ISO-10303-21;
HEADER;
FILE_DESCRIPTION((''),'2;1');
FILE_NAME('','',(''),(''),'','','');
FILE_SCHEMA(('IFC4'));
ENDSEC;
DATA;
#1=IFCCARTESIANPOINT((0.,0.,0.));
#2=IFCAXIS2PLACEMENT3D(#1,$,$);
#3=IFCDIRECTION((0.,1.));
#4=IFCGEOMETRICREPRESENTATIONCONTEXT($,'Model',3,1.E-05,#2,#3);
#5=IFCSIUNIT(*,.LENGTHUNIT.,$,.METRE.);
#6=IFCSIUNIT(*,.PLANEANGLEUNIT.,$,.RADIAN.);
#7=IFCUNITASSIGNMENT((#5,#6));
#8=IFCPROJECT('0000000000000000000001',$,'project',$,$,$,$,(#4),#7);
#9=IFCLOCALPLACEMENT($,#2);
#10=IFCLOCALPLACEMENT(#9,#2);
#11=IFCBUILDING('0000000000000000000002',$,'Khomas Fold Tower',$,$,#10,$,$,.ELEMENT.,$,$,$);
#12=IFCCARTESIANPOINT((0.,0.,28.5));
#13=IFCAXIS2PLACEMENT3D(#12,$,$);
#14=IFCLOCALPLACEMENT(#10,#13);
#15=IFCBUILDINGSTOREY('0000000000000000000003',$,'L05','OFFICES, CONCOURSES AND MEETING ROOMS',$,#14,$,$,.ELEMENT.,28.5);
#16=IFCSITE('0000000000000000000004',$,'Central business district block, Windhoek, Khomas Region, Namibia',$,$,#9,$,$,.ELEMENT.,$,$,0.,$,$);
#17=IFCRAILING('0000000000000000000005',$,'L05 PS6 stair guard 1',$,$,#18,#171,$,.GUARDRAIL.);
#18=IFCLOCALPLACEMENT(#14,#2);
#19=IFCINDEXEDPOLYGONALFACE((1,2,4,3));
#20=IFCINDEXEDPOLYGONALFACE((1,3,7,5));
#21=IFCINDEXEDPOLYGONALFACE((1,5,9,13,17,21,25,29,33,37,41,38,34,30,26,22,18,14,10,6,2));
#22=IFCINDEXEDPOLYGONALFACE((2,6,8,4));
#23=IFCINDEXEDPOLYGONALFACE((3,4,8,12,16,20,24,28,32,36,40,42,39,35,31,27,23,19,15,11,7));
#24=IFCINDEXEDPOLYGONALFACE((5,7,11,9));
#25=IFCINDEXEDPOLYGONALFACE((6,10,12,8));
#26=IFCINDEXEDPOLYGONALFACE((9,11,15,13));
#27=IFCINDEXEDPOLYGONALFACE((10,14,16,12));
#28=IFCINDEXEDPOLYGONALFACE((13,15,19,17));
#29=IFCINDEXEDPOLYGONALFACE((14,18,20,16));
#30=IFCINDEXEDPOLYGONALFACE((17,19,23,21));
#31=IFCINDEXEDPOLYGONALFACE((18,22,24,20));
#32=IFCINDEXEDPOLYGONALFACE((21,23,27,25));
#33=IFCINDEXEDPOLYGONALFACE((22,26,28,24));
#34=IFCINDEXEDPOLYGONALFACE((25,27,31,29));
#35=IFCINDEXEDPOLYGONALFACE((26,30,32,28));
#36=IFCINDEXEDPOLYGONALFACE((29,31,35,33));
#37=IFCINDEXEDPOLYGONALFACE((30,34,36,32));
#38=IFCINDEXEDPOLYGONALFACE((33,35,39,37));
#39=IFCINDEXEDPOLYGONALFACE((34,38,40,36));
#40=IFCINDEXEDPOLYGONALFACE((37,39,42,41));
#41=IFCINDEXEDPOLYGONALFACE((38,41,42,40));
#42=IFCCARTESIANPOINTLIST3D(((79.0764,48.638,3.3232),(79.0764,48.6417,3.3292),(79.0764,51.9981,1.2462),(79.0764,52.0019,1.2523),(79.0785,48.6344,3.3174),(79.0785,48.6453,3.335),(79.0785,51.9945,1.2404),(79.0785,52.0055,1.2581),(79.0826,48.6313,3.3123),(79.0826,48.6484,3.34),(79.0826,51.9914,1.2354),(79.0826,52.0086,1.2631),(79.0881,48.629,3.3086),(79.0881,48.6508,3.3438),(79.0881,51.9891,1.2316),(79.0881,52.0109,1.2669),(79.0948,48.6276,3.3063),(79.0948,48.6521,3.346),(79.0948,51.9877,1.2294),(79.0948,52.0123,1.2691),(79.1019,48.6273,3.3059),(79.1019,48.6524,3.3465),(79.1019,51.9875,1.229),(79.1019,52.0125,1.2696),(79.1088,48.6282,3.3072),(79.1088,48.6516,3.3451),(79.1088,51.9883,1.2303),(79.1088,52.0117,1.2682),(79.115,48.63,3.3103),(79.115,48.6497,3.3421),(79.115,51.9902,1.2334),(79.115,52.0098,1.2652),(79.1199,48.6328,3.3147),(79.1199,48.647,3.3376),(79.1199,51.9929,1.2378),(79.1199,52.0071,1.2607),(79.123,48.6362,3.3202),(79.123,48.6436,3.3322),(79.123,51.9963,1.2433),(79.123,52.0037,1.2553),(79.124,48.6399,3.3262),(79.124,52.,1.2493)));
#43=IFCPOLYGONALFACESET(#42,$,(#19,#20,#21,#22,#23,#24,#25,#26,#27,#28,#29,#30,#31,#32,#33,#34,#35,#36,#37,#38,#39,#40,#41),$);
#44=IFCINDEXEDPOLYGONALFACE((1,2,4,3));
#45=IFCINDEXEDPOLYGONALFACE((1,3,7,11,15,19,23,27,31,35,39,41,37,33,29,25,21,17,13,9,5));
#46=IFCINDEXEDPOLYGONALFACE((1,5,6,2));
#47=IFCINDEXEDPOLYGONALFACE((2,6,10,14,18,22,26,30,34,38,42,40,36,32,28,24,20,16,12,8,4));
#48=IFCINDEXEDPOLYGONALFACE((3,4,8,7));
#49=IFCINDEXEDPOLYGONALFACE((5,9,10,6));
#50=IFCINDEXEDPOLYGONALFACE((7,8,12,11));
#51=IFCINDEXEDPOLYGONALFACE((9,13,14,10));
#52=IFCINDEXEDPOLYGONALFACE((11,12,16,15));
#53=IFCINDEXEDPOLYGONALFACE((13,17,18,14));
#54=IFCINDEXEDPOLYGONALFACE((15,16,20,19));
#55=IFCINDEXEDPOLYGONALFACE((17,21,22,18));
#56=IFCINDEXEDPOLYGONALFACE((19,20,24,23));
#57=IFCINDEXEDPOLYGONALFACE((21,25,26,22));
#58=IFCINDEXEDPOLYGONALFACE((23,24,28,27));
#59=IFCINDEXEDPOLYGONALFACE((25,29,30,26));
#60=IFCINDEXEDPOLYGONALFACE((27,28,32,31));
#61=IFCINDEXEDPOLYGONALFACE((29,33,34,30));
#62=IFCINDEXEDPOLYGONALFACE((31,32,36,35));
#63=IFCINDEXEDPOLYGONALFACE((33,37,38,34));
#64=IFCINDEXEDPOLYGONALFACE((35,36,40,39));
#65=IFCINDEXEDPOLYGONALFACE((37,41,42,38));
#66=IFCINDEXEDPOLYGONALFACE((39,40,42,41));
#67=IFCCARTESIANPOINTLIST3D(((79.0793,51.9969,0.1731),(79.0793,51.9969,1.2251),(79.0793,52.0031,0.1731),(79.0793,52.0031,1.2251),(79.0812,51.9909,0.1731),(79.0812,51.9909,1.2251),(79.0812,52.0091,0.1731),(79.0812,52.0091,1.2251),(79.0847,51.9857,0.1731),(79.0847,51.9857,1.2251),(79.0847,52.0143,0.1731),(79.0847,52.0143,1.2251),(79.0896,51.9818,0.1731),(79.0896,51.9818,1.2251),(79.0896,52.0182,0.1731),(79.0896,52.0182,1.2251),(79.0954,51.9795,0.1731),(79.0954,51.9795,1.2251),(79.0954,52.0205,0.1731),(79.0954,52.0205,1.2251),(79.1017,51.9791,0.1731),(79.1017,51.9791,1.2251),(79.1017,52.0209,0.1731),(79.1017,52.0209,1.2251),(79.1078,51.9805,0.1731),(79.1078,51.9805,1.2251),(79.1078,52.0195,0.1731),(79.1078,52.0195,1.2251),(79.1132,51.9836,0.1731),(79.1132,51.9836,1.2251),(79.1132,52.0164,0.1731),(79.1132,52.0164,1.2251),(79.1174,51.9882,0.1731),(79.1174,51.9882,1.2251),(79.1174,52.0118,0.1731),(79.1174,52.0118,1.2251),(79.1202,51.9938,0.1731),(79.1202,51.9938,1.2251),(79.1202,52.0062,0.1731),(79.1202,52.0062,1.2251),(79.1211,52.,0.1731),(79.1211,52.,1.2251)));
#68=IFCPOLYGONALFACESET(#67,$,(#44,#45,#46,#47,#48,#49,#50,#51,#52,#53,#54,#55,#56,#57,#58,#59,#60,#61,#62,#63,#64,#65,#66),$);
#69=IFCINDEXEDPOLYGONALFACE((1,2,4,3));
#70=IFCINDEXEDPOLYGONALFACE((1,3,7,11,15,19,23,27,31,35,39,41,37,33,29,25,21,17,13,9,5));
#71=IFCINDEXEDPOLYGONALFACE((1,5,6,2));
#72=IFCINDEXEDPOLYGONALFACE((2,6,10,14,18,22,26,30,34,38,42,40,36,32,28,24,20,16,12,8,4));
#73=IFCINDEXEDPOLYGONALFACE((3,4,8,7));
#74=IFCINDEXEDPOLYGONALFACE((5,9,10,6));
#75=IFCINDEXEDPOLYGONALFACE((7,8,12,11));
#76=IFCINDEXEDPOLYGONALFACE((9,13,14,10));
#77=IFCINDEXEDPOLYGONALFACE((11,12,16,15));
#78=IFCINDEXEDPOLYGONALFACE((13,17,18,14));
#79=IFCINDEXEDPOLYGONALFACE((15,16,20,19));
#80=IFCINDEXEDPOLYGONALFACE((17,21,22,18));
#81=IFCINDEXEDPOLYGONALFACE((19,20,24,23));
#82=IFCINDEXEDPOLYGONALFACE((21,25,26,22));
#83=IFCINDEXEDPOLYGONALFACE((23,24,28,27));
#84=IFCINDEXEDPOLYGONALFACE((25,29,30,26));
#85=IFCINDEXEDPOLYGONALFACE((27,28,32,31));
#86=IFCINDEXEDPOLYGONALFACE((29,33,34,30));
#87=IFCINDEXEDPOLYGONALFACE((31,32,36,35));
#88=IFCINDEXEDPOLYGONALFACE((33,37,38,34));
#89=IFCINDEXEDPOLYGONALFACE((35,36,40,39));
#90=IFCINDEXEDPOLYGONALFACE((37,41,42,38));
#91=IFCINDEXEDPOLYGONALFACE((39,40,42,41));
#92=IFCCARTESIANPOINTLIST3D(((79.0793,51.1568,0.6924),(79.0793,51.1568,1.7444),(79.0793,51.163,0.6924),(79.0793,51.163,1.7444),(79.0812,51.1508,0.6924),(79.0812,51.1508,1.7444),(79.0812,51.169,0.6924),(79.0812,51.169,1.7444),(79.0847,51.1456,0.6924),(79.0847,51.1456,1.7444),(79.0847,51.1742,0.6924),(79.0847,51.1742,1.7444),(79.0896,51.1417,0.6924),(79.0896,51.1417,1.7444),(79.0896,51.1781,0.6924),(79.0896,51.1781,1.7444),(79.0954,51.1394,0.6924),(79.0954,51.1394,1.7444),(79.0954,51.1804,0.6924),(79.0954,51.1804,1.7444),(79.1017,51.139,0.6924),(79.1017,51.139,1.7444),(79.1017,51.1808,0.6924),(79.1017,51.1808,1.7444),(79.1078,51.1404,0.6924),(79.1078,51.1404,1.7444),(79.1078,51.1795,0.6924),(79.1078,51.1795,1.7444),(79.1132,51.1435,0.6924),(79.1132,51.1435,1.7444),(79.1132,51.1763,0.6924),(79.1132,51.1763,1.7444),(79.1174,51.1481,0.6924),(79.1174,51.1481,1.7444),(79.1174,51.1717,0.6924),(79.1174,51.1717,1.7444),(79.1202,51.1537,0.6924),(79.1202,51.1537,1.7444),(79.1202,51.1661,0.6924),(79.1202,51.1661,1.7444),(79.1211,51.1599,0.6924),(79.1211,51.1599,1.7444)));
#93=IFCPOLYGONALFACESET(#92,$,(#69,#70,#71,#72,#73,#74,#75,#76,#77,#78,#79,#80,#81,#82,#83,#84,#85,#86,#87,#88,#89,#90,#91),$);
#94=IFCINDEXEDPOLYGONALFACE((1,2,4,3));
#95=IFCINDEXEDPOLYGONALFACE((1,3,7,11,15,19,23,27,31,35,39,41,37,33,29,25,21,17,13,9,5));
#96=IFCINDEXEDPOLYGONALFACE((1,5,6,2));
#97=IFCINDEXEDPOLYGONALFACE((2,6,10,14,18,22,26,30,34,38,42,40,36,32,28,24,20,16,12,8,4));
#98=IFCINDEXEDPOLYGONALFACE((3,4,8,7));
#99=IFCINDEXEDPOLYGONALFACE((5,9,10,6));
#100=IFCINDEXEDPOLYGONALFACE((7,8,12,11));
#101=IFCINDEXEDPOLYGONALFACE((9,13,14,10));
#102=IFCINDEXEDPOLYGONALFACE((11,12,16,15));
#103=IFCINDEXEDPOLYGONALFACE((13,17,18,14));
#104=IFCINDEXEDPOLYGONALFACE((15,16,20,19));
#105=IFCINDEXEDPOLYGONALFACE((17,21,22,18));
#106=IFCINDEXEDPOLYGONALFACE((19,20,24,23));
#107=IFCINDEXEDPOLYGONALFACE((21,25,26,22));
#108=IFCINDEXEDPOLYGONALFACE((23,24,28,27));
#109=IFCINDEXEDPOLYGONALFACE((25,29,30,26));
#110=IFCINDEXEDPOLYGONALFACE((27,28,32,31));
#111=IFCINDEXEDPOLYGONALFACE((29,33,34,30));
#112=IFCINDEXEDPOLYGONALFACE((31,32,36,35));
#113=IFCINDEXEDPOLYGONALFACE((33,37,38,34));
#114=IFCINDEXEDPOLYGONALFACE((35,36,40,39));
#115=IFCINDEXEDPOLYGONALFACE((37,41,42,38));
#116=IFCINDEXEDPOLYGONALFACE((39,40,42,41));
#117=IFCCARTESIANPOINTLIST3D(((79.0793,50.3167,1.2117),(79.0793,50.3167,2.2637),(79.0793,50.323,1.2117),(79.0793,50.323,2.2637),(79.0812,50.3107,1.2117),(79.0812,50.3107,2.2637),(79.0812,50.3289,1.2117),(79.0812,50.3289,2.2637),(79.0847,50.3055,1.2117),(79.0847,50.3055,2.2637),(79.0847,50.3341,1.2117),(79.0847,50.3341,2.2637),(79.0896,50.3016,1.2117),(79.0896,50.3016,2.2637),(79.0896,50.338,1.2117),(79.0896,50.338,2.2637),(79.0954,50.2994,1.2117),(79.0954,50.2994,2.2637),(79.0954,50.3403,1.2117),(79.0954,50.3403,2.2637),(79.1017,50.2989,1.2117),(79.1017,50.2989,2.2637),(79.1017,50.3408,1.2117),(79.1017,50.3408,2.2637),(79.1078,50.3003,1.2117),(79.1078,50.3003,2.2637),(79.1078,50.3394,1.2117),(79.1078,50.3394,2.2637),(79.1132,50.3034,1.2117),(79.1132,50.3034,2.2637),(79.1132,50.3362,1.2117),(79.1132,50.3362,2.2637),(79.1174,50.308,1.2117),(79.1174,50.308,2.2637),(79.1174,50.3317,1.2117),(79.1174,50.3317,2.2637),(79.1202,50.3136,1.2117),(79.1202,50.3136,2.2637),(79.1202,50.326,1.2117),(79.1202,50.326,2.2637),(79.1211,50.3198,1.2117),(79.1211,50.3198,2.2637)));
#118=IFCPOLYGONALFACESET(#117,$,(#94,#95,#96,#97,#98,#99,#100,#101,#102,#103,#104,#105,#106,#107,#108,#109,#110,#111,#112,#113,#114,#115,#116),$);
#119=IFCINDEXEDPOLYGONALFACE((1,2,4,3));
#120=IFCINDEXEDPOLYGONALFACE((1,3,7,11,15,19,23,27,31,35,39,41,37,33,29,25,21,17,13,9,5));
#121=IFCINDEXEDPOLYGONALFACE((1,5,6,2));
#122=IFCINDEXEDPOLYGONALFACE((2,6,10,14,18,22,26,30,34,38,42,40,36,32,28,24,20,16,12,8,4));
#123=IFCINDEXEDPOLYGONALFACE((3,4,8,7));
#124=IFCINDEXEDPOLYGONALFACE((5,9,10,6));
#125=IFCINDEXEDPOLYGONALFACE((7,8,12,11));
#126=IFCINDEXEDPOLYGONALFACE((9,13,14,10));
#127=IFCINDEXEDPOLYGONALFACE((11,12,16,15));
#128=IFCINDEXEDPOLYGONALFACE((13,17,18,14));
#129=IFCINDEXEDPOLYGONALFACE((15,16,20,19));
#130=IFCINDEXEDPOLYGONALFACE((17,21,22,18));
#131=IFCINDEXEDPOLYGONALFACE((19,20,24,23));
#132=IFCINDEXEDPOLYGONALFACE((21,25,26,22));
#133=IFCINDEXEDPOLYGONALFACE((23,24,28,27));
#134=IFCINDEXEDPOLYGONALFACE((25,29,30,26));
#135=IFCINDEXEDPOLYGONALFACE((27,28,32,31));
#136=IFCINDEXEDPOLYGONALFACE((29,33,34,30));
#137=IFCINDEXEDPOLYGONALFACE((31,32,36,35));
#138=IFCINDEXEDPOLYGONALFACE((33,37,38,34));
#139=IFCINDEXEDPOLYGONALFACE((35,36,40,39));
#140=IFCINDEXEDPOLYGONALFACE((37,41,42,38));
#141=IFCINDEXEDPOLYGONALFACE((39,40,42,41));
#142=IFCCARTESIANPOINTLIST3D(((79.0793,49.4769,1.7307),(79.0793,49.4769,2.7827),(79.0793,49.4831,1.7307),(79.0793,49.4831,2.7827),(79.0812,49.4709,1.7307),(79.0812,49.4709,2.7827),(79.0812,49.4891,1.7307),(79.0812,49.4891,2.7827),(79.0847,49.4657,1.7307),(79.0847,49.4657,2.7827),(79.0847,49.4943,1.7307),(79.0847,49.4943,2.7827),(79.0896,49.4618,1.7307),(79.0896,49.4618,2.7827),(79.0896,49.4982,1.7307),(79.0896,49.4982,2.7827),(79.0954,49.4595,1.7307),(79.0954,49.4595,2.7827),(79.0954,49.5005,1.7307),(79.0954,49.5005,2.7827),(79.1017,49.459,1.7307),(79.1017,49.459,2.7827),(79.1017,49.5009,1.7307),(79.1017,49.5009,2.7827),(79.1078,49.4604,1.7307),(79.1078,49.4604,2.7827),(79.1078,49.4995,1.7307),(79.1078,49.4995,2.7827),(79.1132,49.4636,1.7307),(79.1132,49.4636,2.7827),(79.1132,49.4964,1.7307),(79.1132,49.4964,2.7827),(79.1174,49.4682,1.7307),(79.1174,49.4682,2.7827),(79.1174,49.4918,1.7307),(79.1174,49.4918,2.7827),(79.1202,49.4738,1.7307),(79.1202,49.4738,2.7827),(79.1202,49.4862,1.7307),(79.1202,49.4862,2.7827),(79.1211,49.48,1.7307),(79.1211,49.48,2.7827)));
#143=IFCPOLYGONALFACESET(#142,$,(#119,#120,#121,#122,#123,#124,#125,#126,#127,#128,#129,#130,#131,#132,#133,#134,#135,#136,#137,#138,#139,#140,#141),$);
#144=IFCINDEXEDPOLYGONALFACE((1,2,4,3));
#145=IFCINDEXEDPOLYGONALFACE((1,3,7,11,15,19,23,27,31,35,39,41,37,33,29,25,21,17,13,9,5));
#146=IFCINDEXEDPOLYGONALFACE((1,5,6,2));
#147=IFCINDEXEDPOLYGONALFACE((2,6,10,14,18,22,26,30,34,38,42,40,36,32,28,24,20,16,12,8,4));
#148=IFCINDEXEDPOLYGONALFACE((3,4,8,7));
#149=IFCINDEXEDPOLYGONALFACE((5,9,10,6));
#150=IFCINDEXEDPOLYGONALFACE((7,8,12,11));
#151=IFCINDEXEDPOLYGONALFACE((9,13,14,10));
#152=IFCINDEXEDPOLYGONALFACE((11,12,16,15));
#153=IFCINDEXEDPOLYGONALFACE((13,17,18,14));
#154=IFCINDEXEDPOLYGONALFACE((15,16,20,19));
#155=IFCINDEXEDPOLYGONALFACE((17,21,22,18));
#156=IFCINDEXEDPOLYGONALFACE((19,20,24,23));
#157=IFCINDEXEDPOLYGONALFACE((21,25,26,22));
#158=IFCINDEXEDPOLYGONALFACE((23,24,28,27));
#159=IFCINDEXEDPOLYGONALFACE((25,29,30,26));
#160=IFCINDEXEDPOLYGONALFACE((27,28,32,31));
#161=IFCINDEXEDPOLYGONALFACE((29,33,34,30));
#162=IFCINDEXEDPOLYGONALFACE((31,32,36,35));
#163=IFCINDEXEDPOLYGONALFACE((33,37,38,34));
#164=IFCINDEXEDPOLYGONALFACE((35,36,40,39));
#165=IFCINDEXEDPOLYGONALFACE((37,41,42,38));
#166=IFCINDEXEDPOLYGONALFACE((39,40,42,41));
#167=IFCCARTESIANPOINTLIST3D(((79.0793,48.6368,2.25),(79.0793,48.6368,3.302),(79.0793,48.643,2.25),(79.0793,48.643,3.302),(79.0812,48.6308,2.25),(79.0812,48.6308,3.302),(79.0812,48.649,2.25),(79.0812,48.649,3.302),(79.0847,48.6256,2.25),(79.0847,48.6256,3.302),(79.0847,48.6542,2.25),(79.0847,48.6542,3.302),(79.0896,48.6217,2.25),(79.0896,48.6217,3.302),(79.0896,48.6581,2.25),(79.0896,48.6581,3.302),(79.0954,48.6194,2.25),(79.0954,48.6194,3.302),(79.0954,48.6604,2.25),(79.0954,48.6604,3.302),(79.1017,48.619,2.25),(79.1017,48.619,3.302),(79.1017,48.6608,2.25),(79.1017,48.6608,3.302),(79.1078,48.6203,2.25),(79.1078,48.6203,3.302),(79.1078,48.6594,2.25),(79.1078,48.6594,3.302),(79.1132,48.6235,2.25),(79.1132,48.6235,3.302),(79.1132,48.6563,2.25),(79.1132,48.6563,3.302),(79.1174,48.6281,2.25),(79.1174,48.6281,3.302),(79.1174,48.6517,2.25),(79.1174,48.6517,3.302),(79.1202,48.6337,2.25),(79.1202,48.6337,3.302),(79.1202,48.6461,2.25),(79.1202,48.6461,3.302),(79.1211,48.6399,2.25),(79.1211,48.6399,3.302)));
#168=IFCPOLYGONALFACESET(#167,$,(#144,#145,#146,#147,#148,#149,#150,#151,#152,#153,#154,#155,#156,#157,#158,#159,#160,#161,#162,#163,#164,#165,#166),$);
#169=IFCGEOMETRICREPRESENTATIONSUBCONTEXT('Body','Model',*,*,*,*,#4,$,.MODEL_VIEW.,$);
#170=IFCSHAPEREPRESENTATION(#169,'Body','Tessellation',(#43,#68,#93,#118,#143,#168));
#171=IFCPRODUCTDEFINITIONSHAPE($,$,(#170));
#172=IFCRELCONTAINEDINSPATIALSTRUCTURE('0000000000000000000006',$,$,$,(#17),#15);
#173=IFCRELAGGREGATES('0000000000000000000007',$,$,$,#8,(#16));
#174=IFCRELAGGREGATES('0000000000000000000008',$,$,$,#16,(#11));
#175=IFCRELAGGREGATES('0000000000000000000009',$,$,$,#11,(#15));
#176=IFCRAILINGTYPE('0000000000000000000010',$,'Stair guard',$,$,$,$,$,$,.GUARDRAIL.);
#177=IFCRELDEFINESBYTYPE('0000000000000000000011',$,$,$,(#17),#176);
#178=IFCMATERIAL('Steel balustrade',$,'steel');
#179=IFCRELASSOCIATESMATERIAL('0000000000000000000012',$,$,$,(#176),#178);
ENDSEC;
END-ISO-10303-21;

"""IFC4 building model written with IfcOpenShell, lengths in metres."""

from ifc_helpers import new_model, si_unit, direction, frame, origin, origin_2d, place, context, subcontext, project, spatial, circle, extrude, source, transform, mapped, material, type_object, element, save


model = new_model("IFC4")

# Units and contexts
model_context = context("Model", 3, precision=1e-05, world=origin(), true_north=direction((0.0, 1.0)))
body_context = subcontext(model_context, "Body", "Model", "MODEL_VIEW")
ifc_project = project(units=[si_unit("LENGTHUNIT", "METRE"), si_unit("PLANEANGLEUNIT", "RADIAN")], contexts=[model_context])

# Site, building, storey
site_placement = place(None, origin())
site = spatial("IfcSite", under=ifc_project, at=site_placement, Name="Central business district block, Windhoek, Khomas Region, Namibia", CompositionType="ELEMENT", RefElevation=0.0)
building_placement = place(site_placement, origin())
building = spatial("IfcBuilding", under=site, at=building_placement, Name="Khomas Fold Tower", CompositionType="ELEMENT")
storey_placement = place(building_placement, frame((0.0, 0.0, 28.5)))
storey = spatial("IfcBuildingStorey", under=building, at=storey_placement, Name="L05", Description="OFFICES, CONCOURSES AND MEETING ROOMS", CompositionType="ELEMENT", Elevation=28.5)

# Railing
ifc_material_1 = material(Name="Steel balustrade", Category="steel")
railing_type_1 = type_object("IfcRailingType", Name="Stair guard", PredefinedType="GUARDRAIL", material=ifc_material_1)
shared_shape_1 = source(origin(), body_context, "Body", "SweptSolid", [
    extrude(circle(Radius=0.0239, at=origin_2d()), frame((0.0, 0.0, 1.0762), z_axis=(0.0, -0.850623, 0.525776), x_axis=(1.0, 0.0, 0.0)), (0.0, 0.0, 1.0), 3.9502),
    extrude(circle(Radius=0.021, at=origin_2d()), origin(), (0.0, 0.0, 1.0), 1.052),
    extrude(circle(Radius=0.021, at=origin_2d()), frame((0.0, -0.8401, 0.5193)), (0.0, 0.0, 1.0), 1.052),
    extrude(circle(Radius=0.021, at=origin_2d()), frame((0.0, -1.6802, 1.0386)), (0.0, 0.0, 1.0), 1.052),
    extrude(circle(Radius=0.021, at=origin_2d()), frame((0.0, -2.52, 1.5576)), (0.0, 0.0, 1.0), 1.052),
    extrude(circle(Radius=0.021, at=origin_2d()), frame((0.0, -3.3601, 2.0769)), (0.0, 0.0, 1.0), 1.052),
])
railing_1_placement = place(storey_placement, frame((79.1001, 52.0, 0.1731)))
element("IfcRailing", 1, at=railing_1_placement, inside=storey, type_object=railing_type_1, Name="L05 PS6 stair guard 1", PredefinedType="GUARDRAIL", context=body_context, shape_type="MappedRepresentation", body=[
    mapped(shared_shape_1, transform((0.0, 0.0, 0.0))),
])

save(model, "model.ifc")
